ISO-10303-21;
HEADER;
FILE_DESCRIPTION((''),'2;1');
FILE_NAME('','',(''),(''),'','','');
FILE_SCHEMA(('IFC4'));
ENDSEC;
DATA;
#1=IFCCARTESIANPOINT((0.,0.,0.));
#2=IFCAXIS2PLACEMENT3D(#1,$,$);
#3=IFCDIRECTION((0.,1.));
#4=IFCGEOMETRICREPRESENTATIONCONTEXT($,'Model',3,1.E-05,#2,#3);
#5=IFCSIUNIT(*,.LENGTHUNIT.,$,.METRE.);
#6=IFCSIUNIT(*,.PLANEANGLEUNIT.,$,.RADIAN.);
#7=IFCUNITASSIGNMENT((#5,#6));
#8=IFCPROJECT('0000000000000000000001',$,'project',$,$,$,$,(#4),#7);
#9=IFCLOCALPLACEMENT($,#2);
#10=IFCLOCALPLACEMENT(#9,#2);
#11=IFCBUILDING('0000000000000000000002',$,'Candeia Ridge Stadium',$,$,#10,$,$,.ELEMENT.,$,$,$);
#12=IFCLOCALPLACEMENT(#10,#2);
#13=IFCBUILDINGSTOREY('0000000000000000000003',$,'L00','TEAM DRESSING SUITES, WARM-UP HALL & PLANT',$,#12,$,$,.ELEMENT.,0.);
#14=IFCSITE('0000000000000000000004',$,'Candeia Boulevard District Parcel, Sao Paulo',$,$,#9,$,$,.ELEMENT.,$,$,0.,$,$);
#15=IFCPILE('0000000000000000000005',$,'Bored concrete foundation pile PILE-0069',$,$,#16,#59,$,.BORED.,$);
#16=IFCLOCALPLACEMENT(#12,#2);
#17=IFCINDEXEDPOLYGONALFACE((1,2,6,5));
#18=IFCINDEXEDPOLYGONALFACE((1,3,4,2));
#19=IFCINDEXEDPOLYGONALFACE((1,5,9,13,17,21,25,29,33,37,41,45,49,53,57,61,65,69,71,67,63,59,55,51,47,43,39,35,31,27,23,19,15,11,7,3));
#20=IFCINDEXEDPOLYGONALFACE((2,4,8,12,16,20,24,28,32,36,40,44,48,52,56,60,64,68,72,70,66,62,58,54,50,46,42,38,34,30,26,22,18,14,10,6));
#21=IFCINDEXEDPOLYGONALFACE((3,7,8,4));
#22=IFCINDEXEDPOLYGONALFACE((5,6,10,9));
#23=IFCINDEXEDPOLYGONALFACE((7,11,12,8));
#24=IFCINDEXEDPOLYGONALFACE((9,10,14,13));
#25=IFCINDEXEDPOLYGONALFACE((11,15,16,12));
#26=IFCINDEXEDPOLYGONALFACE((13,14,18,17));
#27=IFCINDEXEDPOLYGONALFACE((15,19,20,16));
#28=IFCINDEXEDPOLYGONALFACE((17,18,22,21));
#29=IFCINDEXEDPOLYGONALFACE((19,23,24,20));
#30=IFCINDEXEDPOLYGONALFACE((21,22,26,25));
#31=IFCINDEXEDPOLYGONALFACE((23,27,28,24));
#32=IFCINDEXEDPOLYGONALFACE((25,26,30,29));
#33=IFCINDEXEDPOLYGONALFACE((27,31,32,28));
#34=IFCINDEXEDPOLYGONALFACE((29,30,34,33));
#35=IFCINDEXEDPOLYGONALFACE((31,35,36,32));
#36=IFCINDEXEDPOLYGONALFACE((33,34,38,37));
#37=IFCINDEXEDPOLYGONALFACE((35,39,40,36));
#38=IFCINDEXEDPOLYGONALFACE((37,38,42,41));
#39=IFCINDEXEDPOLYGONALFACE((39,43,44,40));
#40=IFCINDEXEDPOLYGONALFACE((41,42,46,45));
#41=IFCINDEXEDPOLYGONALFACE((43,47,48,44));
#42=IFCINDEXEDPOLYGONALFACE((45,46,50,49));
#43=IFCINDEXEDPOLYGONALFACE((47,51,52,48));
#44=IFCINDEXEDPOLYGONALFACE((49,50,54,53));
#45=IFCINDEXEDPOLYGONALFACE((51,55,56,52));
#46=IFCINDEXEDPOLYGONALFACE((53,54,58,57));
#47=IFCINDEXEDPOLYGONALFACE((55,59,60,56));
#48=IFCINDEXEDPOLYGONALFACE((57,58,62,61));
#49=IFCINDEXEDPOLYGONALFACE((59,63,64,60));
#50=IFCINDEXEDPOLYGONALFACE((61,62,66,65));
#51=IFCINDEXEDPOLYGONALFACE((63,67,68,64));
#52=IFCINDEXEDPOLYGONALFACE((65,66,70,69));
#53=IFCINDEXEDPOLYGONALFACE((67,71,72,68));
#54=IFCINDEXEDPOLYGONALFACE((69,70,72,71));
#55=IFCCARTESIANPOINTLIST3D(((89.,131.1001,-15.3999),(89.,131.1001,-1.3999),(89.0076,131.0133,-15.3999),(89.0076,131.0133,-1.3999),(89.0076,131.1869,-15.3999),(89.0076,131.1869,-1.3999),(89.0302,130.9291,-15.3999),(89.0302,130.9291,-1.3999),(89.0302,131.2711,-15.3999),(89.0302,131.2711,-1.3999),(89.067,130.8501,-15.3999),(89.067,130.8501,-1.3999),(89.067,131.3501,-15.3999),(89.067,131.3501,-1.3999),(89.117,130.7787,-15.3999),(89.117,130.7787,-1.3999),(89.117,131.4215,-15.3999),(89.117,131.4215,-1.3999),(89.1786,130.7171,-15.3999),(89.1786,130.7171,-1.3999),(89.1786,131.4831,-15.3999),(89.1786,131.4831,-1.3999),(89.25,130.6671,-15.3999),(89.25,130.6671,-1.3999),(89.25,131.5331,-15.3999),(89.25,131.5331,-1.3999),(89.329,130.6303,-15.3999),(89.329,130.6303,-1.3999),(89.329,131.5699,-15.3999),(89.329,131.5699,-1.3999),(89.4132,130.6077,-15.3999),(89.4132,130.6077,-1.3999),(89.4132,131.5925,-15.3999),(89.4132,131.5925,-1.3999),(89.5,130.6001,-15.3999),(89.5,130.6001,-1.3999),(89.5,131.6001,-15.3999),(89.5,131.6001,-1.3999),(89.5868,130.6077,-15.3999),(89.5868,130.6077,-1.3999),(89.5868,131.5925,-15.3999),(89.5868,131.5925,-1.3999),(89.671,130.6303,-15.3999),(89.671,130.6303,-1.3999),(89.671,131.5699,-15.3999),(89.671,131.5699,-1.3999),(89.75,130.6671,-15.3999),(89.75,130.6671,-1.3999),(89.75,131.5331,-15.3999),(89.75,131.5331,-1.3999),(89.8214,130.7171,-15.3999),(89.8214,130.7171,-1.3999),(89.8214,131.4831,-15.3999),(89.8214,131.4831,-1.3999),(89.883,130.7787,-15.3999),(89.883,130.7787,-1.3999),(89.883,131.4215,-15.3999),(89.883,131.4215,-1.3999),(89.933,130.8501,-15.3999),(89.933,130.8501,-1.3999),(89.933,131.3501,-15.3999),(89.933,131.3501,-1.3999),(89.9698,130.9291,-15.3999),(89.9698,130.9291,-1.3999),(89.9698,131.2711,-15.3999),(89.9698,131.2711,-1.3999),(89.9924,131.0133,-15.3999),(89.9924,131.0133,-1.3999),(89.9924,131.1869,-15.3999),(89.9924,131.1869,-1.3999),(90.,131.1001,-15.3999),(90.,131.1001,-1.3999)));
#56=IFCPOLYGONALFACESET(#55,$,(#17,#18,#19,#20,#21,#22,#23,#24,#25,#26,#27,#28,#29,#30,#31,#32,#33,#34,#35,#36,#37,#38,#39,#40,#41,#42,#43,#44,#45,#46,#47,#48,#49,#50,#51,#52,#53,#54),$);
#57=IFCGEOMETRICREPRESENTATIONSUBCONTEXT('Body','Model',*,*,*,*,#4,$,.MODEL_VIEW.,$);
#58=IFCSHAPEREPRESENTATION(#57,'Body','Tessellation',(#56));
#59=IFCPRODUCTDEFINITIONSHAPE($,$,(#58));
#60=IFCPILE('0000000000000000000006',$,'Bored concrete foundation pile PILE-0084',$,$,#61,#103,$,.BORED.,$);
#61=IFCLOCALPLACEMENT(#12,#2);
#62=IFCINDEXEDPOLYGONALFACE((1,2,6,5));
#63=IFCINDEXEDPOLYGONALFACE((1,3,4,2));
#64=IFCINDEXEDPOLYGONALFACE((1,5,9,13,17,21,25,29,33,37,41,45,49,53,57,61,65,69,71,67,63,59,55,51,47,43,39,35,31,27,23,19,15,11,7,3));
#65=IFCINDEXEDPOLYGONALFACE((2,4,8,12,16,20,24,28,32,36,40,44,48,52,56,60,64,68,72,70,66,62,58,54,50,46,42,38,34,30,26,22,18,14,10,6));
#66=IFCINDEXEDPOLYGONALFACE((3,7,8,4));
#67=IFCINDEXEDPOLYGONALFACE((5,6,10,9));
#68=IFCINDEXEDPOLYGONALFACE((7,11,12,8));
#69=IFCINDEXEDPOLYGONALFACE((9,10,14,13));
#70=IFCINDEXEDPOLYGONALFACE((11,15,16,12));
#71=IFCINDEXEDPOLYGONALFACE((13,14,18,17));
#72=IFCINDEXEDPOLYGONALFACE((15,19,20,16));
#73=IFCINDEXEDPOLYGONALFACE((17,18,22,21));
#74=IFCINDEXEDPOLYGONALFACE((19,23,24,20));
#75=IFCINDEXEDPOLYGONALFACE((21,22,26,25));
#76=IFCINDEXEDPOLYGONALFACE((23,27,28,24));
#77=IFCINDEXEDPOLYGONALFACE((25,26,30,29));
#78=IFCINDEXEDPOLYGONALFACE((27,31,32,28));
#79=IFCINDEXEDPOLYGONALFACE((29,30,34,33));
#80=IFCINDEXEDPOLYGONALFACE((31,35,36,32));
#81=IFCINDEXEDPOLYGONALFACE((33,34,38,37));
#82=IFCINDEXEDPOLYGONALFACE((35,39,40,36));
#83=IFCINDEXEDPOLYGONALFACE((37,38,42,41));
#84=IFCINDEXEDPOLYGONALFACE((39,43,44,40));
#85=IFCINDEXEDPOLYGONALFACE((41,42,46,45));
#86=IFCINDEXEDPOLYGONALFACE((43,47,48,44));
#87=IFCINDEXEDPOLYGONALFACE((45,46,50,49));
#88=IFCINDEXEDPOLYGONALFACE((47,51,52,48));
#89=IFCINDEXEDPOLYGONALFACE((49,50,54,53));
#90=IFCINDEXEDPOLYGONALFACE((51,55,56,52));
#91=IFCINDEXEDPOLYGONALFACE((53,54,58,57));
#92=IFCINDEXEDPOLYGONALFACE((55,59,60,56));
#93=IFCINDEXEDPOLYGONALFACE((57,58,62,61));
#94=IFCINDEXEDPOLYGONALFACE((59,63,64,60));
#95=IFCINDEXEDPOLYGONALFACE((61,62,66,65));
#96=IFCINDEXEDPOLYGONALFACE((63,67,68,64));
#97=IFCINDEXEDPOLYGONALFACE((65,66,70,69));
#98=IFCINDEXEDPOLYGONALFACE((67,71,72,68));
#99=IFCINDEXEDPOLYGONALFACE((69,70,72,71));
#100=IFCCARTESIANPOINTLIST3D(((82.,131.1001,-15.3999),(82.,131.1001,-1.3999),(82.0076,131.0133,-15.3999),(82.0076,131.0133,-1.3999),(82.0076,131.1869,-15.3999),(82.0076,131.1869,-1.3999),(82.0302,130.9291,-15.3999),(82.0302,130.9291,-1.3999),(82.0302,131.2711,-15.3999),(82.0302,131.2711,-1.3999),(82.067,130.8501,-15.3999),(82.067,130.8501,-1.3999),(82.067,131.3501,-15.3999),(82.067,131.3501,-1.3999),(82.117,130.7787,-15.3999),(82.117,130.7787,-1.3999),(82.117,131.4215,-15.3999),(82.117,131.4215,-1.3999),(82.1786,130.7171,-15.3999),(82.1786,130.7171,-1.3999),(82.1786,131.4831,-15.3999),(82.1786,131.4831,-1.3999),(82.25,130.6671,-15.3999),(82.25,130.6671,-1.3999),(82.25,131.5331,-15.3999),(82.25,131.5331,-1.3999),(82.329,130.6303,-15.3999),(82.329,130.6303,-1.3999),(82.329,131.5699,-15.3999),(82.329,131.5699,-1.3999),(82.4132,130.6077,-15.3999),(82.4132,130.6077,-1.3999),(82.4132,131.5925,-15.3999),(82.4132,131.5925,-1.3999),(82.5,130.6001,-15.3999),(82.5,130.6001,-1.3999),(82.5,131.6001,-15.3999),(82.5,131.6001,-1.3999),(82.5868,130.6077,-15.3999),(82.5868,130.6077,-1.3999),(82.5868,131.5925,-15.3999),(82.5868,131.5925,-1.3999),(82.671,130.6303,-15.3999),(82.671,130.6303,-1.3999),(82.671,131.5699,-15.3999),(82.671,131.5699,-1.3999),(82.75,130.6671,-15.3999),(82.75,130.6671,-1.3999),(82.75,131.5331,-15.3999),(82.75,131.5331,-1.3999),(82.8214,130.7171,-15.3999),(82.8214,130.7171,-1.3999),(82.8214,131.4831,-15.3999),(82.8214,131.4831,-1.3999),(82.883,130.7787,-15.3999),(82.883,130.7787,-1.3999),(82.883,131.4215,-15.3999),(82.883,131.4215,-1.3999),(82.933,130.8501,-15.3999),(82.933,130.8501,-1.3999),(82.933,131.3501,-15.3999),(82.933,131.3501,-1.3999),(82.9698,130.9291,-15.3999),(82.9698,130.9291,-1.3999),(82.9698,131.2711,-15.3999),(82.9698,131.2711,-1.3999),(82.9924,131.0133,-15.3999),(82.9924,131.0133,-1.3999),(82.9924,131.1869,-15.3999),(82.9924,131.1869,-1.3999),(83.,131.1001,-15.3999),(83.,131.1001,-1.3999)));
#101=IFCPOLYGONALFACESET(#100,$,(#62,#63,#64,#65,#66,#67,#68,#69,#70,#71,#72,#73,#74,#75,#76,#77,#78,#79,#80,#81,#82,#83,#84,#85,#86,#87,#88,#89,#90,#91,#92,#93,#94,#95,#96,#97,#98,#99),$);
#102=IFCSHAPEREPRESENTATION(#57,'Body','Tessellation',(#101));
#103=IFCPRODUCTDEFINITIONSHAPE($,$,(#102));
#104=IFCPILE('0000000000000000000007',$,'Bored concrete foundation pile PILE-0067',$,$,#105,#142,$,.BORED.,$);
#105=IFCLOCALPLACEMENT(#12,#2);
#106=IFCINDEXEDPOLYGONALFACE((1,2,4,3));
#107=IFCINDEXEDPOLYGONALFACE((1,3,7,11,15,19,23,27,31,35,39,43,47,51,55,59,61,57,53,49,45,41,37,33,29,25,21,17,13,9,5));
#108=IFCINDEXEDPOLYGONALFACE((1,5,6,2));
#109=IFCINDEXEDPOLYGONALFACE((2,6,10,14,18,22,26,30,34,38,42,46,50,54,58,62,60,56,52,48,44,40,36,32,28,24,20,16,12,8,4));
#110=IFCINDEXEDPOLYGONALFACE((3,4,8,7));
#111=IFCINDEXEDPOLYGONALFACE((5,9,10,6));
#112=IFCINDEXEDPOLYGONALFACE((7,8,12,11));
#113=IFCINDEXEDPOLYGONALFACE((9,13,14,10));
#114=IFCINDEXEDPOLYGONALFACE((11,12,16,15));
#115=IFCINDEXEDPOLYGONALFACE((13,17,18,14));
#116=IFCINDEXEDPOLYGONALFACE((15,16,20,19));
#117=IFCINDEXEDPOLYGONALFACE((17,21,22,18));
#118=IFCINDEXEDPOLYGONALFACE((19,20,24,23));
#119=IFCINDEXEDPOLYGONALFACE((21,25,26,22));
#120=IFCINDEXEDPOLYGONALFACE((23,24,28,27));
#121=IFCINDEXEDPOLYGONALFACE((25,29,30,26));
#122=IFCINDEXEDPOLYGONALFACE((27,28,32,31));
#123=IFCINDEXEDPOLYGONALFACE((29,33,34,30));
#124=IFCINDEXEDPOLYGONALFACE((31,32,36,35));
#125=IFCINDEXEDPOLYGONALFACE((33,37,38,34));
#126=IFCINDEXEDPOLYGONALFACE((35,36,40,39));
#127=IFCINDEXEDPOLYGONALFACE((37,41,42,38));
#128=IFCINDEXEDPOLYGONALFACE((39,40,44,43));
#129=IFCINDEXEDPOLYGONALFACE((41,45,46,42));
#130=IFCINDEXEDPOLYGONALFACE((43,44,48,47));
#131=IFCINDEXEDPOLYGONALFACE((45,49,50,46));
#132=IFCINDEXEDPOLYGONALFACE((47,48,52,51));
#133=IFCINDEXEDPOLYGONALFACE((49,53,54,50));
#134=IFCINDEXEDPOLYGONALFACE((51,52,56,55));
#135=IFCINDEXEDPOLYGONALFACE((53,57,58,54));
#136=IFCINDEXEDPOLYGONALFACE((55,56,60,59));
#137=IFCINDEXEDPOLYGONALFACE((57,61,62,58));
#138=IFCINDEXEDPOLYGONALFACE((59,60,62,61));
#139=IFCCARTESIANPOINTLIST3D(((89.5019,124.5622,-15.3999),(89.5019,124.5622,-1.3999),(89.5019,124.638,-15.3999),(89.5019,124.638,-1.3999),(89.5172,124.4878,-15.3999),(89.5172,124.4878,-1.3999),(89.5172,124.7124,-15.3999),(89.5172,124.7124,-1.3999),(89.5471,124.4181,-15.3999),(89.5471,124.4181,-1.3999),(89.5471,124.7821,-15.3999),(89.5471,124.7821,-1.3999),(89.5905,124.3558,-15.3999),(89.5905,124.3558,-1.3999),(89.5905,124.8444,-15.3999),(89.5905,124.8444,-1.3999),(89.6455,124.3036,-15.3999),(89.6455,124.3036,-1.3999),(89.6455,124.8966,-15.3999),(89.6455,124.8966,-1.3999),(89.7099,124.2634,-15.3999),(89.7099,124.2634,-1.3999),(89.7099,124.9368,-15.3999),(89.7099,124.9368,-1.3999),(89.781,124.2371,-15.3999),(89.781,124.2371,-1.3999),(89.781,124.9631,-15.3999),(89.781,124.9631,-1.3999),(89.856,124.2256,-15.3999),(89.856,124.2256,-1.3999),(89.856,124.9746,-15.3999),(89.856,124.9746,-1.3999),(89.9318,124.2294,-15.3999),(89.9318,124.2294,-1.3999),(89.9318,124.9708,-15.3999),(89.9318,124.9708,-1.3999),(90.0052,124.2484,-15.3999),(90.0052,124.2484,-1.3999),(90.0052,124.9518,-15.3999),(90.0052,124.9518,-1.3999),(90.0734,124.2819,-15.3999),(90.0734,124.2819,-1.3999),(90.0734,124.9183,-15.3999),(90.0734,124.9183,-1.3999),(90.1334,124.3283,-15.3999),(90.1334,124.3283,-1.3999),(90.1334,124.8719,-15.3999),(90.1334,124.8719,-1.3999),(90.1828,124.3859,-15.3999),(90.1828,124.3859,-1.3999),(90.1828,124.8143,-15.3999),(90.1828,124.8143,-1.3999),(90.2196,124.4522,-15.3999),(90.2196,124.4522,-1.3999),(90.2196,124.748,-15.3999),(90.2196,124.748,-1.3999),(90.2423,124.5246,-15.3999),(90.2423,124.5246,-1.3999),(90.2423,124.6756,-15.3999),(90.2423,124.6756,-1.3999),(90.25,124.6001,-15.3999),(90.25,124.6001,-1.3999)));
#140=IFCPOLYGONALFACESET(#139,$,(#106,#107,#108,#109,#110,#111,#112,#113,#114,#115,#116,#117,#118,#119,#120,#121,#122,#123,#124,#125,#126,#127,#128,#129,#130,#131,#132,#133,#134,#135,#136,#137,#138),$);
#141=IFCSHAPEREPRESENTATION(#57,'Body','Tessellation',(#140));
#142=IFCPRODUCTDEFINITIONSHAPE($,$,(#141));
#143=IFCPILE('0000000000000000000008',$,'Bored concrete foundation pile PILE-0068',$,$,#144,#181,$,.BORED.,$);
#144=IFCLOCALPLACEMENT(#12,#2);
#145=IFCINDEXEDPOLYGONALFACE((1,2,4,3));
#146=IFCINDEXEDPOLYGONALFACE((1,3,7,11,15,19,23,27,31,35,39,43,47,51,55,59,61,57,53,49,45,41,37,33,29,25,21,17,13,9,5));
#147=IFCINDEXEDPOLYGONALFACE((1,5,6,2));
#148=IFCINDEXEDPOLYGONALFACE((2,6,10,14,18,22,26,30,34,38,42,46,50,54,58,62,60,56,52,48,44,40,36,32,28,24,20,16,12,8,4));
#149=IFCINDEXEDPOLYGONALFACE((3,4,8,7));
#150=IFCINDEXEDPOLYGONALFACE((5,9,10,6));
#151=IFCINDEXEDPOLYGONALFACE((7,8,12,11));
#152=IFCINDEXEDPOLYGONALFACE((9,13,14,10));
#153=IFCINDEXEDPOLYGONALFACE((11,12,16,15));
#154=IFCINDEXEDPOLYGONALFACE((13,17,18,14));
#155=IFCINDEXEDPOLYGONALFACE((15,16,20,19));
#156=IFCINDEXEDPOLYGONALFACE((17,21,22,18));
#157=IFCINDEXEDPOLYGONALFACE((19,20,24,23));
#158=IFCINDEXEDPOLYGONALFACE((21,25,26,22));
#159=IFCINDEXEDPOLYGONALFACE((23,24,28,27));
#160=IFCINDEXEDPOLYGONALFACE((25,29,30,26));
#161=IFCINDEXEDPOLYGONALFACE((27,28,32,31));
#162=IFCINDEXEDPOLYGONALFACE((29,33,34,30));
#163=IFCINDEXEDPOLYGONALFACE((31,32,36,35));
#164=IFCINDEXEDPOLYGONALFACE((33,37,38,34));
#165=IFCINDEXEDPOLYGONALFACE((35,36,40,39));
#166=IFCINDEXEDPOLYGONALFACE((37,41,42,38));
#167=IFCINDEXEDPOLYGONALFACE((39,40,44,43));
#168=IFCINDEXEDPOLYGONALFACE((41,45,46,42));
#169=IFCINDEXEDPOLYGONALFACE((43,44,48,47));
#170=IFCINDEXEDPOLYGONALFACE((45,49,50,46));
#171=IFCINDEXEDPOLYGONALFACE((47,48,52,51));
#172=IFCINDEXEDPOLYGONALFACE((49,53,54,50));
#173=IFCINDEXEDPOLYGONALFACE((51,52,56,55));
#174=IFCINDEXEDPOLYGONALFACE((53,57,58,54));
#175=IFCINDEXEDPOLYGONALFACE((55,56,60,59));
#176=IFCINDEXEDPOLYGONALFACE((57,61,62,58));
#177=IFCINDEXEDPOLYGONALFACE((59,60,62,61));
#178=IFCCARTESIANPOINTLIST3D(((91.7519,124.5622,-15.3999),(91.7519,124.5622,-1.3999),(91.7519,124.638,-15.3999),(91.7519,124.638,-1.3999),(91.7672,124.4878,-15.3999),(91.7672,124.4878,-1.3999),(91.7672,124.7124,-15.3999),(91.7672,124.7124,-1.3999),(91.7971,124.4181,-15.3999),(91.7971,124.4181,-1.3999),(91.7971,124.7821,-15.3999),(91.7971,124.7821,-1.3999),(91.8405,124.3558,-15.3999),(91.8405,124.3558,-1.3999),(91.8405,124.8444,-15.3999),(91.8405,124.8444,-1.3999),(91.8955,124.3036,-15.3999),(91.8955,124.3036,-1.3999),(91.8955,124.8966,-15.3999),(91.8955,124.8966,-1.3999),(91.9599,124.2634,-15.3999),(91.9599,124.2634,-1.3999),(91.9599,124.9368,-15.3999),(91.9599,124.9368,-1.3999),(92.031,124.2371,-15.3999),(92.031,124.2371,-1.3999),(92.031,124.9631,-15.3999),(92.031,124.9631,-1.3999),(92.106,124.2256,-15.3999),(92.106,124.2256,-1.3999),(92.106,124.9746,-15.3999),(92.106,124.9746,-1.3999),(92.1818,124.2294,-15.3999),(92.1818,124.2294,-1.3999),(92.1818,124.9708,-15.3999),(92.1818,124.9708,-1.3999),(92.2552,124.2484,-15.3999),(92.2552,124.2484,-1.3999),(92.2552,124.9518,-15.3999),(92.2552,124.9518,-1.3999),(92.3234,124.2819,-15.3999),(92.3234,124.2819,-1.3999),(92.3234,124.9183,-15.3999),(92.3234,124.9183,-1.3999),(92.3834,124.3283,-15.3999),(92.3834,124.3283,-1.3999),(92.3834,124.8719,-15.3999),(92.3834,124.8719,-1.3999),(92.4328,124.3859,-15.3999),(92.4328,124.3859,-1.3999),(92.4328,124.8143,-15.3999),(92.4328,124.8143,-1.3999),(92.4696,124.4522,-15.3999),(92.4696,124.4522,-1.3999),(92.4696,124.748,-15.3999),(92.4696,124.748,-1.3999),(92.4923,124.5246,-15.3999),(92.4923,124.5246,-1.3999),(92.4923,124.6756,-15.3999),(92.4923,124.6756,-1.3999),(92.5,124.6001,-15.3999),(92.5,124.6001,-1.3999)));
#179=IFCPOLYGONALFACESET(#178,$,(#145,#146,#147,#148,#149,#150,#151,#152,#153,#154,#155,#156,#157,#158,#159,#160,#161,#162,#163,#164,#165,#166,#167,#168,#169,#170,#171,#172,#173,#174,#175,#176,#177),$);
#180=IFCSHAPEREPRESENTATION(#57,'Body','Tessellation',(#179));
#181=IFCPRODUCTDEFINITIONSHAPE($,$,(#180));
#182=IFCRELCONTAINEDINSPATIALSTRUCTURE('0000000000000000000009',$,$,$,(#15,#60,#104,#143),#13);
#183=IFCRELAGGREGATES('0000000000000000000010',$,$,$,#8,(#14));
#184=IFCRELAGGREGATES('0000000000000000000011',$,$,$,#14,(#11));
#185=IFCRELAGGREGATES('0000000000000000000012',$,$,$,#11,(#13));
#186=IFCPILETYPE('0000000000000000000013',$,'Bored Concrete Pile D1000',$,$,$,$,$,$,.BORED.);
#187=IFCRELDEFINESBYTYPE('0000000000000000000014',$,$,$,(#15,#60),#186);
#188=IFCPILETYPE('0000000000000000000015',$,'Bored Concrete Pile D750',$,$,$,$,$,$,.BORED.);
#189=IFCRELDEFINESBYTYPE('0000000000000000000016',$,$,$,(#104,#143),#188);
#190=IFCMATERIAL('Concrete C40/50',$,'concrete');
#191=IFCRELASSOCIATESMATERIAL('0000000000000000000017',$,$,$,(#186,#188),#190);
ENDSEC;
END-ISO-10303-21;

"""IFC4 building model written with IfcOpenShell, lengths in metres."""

from ifc_helpers import new_model, si_unit, direction, frame, origin, origin_2d, place, context, subcontext, project, spatial, circle, extrude, material, material_profile, profile_set, type_object, element, save


model = new_model("IFC4")

# Units and contexts
model_context = context("Model", 3, precision=1e-05, world=origin(), true_north=direction((0.0, 1.0)))
body_context = subcontext(model_context, "Body", "Model", "MODEL_VIEW")
ifc_project = project(units=[si_unit("LENGTHUNIT", "METRE"), si_unit("PLANEANGLEUNIT", "RADIAN")], contexts=[model_context])

# Site, building, storey
site_placement = place(None, origin())
site = spatial("IfcSite", under=ifc_project, at=site_placement, Name="Candeia Boulevard District Parcel, Sao Paulo", CompositionType="ELEMENT", RefElevation=0.0)
building_placement = place(site_placement, origin())
building = spatial("IfcBuilding", under=site, at=building_placement, Name="Candeia Ridge Stadium", CompositionType="ELEMENT")
storey_placement = place(building_placement, origin())
storey = spatial("IfcBuildingStorey", under=building, at=storey_placement, Name="L00", Description="TEAM DRESSING SUITES, WARM-UP HALL & PLANT", CompositionType="ELEMENT", Elevation=0.0)

# Piles
ifc_material_1 = material(Name="Concrete C40/50", Category="concrete")
ifc_material_profile_1 = material_profile(ifc_material_1, circle(Radius=0.5, at=origin_2d()), Name="PILE-D1000", Category="concrete")
ifc_profile_set_1 = profile_set([ifc_material_profile_1], Name="Concrete C40/50")
pile_type_1 = type_object("IfcPileType", Name="Bored Concrete Pile D1000", PredefinedType="BORED", material=ifc_profile_set_1)
for number, where, z_axis, x_axis, name in (
    (1, (89.5, 131.1001, -1.3999), (0.0, 0.0, -1.0), (1.0, 0.0, 0.0), "Bored concrete foundation pile PILE-0069"),
    (2, (82.5, 131.1001, -1.3999), (0.0, 0.0, -1.0), (1.0, 0.0, 0.0), "Bored concrete foundation pile PILE-0084"),
):
    element("IfcPile", number, at=place(storey_placement, frame(where, z_axis=z_axis, x_axis=x_axis)), inside=storey, type_object=pile_type_1, Name=name, PredefinedType="BORED", context=body_context, shape_type="SweptSolid", body=[
        extrude(circle(Radius=0.5, at=origin_2d()), origin(), (0.0, 0.0, 1.0), 14.0),
    ])
ifc_material_profile_2 = material_profile(ifc_material_1, circle(Radius=0.375, at=origin_2d()), Name="PILE-D750", Category="concrete")
ifc_profile_set_2 = profile_set([ifc_material_profile_2], Name="Concrete C40/50")
pile_type_2 = type_object("IfcPileType", Name="Bored Concrete Pile D750", PredefinedType="BORED", material=ifc_profile_set_2)
for number, where, z_axis, x_axis, name in (
    (3, (89.875, 124.6001, -1.3999), (0.0, 0.0, -1.0), (1.0, 0.0, 0.0), "Bored concrete foundation pile PILE-0067"),
    (4, (92.125, 124.6001, -1.3999), (0.0, 0.0, -1.0), (1.0, 0.0, 0.0), "Bored concrete foundation pile PILE-0068"),
):
    element("IfcPile", number, at=place(storey_placement, frame(where, z_axis=z_axis, x_axis=x_axis)), inside=storey, type_object=pile_type_2, Name=name, PredefinedType="BORED", context=body_context, shape_type="SweptSolid", body=[
        extrude(circle(Radius=0.375, at=origin_2d()), origin(), (0.0, 0.0, 1.0), 14.0),
    ])

save(model, "model.ifc")
